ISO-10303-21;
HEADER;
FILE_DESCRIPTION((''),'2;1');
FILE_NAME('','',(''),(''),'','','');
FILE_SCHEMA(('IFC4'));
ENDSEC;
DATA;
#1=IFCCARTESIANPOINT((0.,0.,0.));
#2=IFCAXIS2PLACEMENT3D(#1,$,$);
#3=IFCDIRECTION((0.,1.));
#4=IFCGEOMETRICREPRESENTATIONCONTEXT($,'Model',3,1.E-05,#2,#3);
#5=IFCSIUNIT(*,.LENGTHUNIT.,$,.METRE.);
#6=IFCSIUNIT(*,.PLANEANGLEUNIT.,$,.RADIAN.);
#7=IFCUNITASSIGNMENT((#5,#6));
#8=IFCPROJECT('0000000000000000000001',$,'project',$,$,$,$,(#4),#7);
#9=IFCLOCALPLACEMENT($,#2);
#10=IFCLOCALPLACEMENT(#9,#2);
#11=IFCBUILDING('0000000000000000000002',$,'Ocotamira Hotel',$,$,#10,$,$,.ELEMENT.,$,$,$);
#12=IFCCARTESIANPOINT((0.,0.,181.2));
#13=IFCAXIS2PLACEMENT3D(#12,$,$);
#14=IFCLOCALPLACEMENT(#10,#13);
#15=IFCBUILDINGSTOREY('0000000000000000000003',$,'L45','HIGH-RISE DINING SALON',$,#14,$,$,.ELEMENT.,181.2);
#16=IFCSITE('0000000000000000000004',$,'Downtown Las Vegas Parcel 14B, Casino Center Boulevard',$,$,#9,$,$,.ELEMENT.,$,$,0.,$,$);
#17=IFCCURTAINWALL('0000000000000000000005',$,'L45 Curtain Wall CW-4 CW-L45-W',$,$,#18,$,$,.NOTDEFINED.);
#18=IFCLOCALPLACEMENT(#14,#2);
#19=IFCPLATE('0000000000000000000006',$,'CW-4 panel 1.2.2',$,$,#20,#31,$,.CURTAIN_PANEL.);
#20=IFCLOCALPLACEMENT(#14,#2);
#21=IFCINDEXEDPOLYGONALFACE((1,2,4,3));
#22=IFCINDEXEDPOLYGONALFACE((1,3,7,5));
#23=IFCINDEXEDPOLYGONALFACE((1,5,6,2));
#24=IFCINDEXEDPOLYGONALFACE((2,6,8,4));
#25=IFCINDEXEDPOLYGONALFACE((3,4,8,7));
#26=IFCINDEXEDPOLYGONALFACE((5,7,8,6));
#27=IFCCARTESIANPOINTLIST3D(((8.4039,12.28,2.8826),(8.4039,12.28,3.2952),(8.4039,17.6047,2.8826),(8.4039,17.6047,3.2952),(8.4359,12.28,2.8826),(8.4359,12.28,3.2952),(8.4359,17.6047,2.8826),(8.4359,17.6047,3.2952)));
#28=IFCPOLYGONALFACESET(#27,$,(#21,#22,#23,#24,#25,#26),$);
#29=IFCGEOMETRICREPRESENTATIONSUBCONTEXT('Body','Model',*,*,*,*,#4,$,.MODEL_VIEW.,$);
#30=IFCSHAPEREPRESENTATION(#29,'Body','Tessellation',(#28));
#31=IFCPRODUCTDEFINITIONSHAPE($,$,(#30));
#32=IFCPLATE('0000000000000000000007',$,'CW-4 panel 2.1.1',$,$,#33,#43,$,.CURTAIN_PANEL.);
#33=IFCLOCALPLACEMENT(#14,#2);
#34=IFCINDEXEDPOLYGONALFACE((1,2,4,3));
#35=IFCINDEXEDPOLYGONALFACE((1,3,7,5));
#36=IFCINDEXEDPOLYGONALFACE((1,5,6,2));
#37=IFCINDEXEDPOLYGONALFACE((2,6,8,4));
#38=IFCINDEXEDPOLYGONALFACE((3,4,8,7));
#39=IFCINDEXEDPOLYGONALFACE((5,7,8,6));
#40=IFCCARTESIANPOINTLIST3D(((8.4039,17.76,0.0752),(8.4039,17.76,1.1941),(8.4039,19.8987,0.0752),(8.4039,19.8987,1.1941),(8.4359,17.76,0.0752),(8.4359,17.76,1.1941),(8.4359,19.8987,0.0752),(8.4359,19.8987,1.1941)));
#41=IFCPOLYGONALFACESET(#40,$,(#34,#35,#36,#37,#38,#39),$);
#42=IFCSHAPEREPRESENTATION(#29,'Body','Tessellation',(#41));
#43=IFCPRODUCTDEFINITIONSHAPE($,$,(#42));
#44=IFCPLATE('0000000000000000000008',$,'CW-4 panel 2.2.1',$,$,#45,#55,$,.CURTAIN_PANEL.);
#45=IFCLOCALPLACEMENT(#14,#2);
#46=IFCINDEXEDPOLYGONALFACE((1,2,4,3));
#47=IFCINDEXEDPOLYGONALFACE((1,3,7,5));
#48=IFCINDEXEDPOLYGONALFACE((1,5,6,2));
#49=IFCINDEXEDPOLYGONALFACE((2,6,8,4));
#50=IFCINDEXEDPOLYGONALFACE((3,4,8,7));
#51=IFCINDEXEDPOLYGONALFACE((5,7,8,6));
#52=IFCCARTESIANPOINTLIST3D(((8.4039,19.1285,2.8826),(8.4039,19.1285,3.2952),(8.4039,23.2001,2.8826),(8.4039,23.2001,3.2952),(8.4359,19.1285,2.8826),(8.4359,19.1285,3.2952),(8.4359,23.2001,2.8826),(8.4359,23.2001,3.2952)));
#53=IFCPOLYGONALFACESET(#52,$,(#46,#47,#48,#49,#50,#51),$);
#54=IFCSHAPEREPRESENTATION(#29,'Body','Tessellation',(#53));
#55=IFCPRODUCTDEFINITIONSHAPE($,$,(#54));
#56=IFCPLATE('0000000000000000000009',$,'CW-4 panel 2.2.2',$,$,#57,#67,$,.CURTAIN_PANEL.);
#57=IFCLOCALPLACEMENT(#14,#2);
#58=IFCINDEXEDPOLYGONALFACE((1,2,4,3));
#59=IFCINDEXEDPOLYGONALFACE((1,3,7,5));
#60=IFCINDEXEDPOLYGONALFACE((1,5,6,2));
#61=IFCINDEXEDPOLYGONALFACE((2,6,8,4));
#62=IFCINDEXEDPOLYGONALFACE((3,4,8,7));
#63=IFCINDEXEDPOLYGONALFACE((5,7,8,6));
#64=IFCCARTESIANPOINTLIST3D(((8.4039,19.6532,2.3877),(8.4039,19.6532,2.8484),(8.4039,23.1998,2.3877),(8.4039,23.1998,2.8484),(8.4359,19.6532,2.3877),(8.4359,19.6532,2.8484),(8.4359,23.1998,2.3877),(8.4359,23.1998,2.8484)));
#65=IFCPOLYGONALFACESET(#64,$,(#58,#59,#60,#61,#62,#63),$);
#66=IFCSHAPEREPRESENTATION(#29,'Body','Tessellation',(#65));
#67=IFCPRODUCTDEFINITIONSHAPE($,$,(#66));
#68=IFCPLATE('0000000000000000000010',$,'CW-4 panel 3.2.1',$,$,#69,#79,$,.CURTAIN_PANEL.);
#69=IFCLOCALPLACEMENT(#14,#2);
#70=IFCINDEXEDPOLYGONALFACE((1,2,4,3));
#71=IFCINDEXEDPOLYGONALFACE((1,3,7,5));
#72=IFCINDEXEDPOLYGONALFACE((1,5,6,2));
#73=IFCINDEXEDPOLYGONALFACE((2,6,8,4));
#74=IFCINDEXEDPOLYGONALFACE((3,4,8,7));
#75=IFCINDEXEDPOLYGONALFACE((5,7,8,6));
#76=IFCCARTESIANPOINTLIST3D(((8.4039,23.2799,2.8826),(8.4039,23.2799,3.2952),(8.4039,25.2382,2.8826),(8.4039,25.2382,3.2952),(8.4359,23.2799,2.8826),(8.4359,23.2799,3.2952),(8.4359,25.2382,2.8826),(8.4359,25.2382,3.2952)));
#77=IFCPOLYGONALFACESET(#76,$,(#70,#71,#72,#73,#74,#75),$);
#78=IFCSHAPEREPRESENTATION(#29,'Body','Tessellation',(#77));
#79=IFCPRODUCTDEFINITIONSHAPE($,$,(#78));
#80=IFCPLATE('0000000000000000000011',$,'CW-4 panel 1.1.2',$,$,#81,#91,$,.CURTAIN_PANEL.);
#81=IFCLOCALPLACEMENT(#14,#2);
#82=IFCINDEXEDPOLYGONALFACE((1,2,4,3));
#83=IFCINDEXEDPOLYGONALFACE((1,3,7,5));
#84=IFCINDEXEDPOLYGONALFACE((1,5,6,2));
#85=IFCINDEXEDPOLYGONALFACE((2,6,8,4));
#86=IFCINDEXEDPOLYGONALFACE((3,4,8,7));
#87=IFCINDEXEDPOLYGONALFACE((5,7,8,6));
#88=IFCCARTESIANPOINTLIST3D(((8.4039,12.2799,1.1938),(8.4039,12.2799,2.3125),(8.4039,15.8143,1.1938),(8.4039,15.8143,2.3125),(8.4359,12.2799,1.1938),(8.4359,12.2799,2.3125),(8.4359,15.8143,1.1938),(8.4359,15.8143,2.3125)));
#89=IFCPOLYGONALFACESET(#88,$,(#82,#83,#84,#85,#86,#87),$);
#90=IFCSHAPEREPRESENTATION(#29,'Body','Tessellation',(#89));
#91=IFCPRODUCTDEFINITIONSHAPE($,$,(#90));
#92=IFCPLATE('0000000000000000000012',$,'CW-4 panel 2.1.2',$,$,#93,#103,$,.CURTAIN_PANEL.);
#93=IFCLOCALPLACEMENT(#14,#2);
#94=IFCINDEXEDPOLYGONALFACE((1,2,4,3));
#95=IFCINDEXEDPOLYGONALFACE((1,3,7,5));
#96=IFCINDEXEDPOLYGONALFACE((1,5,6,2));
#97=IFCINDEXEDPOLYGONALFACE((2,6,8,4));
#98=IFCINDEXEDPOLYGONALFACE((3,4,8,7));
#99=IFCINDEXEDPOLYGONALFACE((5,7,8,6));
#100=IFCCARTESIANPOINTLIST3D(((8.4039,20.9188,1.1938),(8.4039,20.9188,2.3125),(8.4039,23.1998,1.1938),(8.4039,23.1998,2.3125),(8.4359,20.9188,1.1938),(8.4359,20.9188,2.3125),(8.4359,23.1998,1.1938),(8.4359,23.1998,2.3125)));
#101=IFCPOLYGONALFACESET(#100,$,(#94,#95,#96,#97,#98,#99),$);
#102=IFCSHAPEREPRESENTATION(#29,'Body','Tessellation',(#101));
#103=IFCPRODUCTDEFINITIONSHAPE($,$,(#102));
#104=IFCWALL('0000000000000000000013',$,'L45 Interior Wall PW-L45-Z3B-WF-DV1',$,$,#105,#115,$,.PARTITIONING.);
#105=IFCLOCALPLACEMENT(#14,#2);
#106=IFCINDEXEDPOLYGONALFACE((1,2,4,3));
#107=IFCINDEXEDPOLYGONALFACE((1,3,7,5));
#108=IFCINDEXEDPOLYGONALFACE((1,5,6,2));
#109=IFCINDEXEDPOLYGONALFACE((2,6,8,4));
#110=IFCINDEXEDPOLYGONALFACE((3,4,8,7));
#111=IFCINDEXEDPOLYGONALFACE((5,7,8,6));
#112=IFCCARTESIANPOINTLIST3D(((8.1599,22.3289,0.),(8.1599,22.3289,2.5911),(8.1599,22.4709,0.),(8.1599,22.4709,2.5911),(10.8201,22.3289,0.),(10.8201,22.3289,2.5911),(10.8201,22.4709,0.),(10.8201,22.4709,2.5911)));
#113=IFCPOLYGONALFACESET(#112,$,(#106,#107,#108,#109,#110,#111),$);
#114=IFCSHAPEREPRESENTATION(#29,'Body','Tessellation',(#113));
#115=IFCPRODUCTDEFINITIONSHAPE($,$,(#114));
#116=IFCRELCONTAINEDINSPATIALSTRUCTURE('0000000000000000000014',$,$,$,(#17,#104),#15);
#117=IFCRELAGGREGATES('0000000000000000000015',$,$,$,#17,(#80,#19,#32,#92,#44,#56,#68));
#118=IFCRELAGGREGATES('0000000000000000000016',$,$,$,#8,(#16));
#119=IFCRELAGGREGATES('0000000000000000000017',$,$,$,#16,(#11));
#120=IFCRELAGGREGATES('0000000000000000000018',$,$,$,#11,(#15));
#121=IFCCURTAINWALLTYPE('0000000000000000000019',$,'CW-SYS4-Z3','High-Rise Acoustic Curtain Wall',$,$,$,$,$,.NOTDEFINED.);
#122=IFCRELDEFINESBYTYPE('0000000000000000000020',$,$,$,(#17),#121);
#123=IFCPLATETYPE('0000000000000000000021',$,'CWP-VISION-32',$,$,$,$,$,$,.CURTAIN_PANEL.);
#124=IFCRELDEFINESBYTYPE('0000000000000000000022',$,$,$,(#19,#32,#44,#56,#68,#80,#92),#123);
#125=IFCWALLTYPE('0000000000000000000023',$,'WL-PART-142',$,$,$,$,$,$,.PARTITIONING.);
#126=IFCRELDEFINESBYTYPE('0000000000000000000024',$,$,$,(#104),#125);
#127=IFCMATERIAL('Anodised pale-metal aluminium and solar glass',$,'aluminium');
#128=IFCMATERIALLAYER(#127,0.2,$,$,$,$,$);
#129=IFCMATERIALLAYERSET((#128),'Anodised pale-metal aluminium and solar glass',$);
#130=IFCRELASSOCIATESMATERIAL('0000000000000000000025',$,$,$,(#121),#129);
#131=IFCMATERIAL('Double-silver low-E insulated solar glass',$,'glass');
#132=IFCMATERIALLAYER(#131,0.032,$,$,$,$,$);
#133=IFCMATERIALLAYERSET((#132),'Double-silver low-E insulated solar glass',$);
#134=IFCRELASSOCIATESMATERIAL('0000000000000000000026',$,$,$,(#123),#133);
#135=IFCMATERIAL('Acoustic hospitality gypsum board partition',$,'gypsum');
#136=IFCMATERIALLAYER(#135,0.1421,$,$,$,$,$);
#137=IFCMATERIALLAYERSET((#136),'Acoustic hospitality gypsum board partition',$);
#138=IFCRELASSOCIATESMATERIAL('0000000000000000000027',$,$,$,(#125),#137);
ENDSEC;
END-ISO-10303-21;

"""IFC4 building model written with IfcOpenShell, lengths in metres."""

from ifc_helpers import new_model, si_unit, direction, frame, frame_2d, origin, origin_2d, place, context, subcontext, project, spatial, rectangle, extrude, source, transform, mapped, material, layer, layer_set, type_object, element, aggregate, save


model = new_model("IFC4")

# Units and contexts
model_context = context("Model", 3, precision=1e-05, world=origin(), true_north=direction((0.0, 1.0)))
body_context = subcontext(model_context, "Body", "Model", "MODEL_VIEW")
ifc_project = project(units=[si_unit("LENGTHUNIT", "METRE"), si_unit("PLANEANGLEUNIT", "RADIAN")], contexts=[model_context])

# Site, building, storey
site_placement = place(None, origin())
site = spatial("IfcSite", under=ifc_project, at=site_placement, Name="Downtown Las Vegas Parcel 14B, Casino Center Boulevard", CompositionType="ELEMENT", RefElevation=0.0)
building_placement = place(site_placement, origin())
building = spatial("IfcBuilding", under=site, at=building_placement, Name="Ocotamira Hotel", CompositionType="ELEMENT")
storey_placement = place(building_placement, frame((0.0, 0.0, 181.2)))
storey = spatial("IfcBuildingStorey", under=building, at=storey_placement, Name="L45", Description="HIGH-RISE DINING SALON", CompositionType="ELEMENT", Elevation=181.2)

# Curtain wall
ifc_material_1 = material(Name="Anodised pale-metal aluminium and solar glass", Category="aluminium")
ifc_layer_1 = layer(ifc_material_1, 0.2)
ifc_layer_set_1 = layer_set([ifc_layer_1], Name="Anodised pale-metal aluminium and solar glass")
curtain_wall_type = type_object("IfcCurtainWallType", Name="CW-SYS4-Z3", Description="High-Rise Acoustic Curtain Wall", PredefinedType="NOTDEFINED", material=ifc_layer_set_1)
curtain_wall_placement = place(storey_placement, origin())
curtain_wall = element("IfcCurtainWall", 1, at=curtain_wall_placement, inside=storey, type_object=curtain_wall_type, Name="L45 Curtain Wall CW-4 CW-L45-W", PredefinedType="NOTDEFINED")

# Plates
ifc_material_2 = material(Name="Double-silver low-E insulated solar glass", Category="glass")
ifc_layer_2 = layer(ifc_material_2, 0.032)
ifc_layer_set_2 = layer_set([ifc_layer_2], Name="Double-silver low-E insulated solar glass")
plate_type_1 = type_object("IfcPlateType", Name="CWP-VISION-32", PredefinedType="CURTAIN_PANEL", material=ifc_layer_set_2)
shared_shape_1 = source(origin(), body_context, "Body", "SweptSolid", [
    extrude(rectangle(XDim=5.3247, YDim=0.032, at=origin_2d()), origin(), (0.0, 0.0, 1.0), 0.4126),
])
plate_1_placement = place(storey_placement, frame((8.4199, 14.9424, 2.8826), z_axis=(0.0, 0.0, 1.0), x_axis=(0.0, 1.0, 0.0)))
plate_1 = element("IfcPlate", 2, at=plate_1_placement, type_object=plate_type_1, Name="CW-4 panel 1.2.2", PredefinedType="CURTAIN_PANEL", context=body_context, shape_type="MappedRepresentation", body=[
    mapped(shared_shape_1, transform((0.0, 0.0, 0.0), scale=1.0)),
])
shared_shape_2 = source(origin(), body_context, "Body", "SweptSolid", [
    extrude(rectangle(XDim=2.1387, YDim=0.032, at=origin_2d()), origin(), (0.0, 0.0, 1.0), 1.1189),
])
plate_2_placement = place(storey_placement, frame((8.4199, 18.8293, 0.0752), z_axis=(0.0, 0.0, 1.0), x_axis=(0.0, 1.0, 0.0)))
plate_2 = element("IfcPlate", 3, at=plate_2_placement, type_object=plate_type_1, Name="CW-4 panel 2.1.1", PredefinedType="CURTAIN_PANEL", context=body_context, shape_type="MappedRepresentation", body=[
    mapped(shared_shape_2, transform((0.0, 0.0, 0.0), scale=1.0)),
])
shared_shape_3 = source(origin(), body_context, "Body", "SweptSolid", [
    extrude(rectangle(XDim=4.0715, YDim=0.032, at=origin_2d()), origin(), (0.0, 0.0, 1.0), 0.4126),
])
plate_3_placement = place(storey_placement, frame((8.4199, 21.1643, 2.8826), z_axis=(0.0, 0.0, 1.0), x_axis=(0.0, 1.0, 0.0)))
plate_3 = element("IfcPlate", 4, at=plate_3_placement, type_object=plate_type_1, Name="CW-4 panel 2.2.1", PredefinedType="CURTAIN_PANEL", context=body_context, shape_type="MappedRepresentation", body=[
    mapped(shared_shape_3, transform((0.0, 0.0, 0.0), scale=1.0)),
])
shared_shape_4 = source(origin(), body_context, "Body", "SweptSolid", [
    extrude(rectangle(XDim=3.5466, YDim=0.032, at=origin_2d()), origin(), (0.0, 0.0, 1.0), 0.4607),
])
plate_4_placement = place(storey_placement, frame((8.4199, 21.4265, 2.3877), z_axis=(0.0, 0.0, 1.0), x_axis=(0.0, 1.0, 0.0)))
plate_4 = element("IfcPlate", 5, at=plate_4_placement, type_object=plate_type_1, Name="CW-4 panel 2.2.2", PredefinedType="CURTAIN_PANEL", context=body_context, shape_type="MappedRepresentation", body=[
    mapped(shared_shape_4, transform((0.0, 0.0, 0.0), scale=1.0)),
])
shared_shape_5 = source(origin(), body_context, "Body", "SweptSolid", [
    extrude(rectangle(XDim=1.9583, YDim=0.032, at=origin_2d()), origin(), (0.0, 0.0, 1.0), 0.4126),
])
plate_5_placement = place(storey_placement, frame((8.4199, 24.259, 2.8826), z_axis=(0.0, 0.0, 1.0), x_axis=(0.0, 1.0, 0.0)))
plate_5 = element("IfcPlate", 6, at=plate_5_placement, type_object=plate_type_1, Name="CW-4 panel 3.2.1", PredefinedType="CURTAIN_PANEL", context=body_context, shape_type="MappedRepresentation", body=[
    mapped(shared_shape_5, transform((0.0, 0.0, 0.0), scale=1.0)),
])
shared_shape_6 = source(origin(), body_context, "Body", "SweptSolid", [
    extrude(rectangle(XDim=3.5344, YDim=0.032, at=origin_2d()), origin(), (0.0, 0.0, 1.0), 1.1187),
])
plate_6_placement = place(storey_placement, frame((8.4199, 14.0471, 1.1938), z_axis=(0.0, 0.0, 1.0), x_axis=(0.0, 1.0, 0.0)))
plate_6 = element("IfcPlate", 7, at=plate_6_placement, type_object=plate_type_1, Name="CW-4 panel 1.1.2", PredefinedType="CURTAIN_PANEL", context=body_context, shape_type="MappedRepresentation", body=[
    mapped(shared_shape_6, transform((0.0, 0.0, 0.0), scale=1.0)),
])
shared_shape_7 = source(origin(), body_context, "Body", "SweptSolid", [
    extrude(rectangle(XDim=2.281, YDim=0.032, at=origin_2d()), origin(), (0.0, 0.0, 1.0), 1.1187),
])
plate_7_placement = place(storey_placement, frame((8.4199, 22.0593, 1.1938), z_axis=(0.0, 0.0, 1.0), x_axis=(0.0, 1.0, 0.0)))
plate_7 = element("IfcPlate", 8, at=plate_7_placement, type_object=plate_type_1, Name="CW-4 panel 2.1.2", PredefinedType="CURTAIN_PANEL", context=body_context, shape_type="MappedRepresentation", body=[
    mapped(shared_shape_7, transform((0.0, 0.0, 0.0), scale=1.0)),
])
aggregate(curtain_wall, [plate_6, plate_1, plate_2, plate_7, plate_3, plate_4, plate_5])

# Wall
ifc_material_3 = material(Name="Acoustic hospitality gypsum board partition", Category="gypsum")
ifc_layer_3 = layer(ifc_material_3, 0.1421)
ifc_layer_set_3 = layer_set([ifc_layer_3], Name="Acoustic hospitality gypsum board partition")
wall_type_1 = type_object("IfcWallType", Name="WL-PART-142", PredefinedType="PARTITIONING", material=ifc_layer_set_3)
wall_1_placement = place(storey_placement, frame((8.1599, 22.3999, 0.0), z_axis=(0.0, 0.0, 1.0), x_axis=(1.0, 0.0, 0.0)))
element("IfcWall", 9, at=wall_1_placement, inside=storey, type_object=wall_type_1, Name="L45 Interior Wall PW-L45-Z3B-WF-DV1", PredefinedType="PARTITIONING", context=body_context, shape_type="SweptSolid", body=[
    extrude(rectangle(XDim=2.6602, YDim=0.1421, at=frame_2d((1.3301, 0.0))), origin(), (0.0, 0.0, 1.0), 2.5911),
])

save(model, "model.ifc")
